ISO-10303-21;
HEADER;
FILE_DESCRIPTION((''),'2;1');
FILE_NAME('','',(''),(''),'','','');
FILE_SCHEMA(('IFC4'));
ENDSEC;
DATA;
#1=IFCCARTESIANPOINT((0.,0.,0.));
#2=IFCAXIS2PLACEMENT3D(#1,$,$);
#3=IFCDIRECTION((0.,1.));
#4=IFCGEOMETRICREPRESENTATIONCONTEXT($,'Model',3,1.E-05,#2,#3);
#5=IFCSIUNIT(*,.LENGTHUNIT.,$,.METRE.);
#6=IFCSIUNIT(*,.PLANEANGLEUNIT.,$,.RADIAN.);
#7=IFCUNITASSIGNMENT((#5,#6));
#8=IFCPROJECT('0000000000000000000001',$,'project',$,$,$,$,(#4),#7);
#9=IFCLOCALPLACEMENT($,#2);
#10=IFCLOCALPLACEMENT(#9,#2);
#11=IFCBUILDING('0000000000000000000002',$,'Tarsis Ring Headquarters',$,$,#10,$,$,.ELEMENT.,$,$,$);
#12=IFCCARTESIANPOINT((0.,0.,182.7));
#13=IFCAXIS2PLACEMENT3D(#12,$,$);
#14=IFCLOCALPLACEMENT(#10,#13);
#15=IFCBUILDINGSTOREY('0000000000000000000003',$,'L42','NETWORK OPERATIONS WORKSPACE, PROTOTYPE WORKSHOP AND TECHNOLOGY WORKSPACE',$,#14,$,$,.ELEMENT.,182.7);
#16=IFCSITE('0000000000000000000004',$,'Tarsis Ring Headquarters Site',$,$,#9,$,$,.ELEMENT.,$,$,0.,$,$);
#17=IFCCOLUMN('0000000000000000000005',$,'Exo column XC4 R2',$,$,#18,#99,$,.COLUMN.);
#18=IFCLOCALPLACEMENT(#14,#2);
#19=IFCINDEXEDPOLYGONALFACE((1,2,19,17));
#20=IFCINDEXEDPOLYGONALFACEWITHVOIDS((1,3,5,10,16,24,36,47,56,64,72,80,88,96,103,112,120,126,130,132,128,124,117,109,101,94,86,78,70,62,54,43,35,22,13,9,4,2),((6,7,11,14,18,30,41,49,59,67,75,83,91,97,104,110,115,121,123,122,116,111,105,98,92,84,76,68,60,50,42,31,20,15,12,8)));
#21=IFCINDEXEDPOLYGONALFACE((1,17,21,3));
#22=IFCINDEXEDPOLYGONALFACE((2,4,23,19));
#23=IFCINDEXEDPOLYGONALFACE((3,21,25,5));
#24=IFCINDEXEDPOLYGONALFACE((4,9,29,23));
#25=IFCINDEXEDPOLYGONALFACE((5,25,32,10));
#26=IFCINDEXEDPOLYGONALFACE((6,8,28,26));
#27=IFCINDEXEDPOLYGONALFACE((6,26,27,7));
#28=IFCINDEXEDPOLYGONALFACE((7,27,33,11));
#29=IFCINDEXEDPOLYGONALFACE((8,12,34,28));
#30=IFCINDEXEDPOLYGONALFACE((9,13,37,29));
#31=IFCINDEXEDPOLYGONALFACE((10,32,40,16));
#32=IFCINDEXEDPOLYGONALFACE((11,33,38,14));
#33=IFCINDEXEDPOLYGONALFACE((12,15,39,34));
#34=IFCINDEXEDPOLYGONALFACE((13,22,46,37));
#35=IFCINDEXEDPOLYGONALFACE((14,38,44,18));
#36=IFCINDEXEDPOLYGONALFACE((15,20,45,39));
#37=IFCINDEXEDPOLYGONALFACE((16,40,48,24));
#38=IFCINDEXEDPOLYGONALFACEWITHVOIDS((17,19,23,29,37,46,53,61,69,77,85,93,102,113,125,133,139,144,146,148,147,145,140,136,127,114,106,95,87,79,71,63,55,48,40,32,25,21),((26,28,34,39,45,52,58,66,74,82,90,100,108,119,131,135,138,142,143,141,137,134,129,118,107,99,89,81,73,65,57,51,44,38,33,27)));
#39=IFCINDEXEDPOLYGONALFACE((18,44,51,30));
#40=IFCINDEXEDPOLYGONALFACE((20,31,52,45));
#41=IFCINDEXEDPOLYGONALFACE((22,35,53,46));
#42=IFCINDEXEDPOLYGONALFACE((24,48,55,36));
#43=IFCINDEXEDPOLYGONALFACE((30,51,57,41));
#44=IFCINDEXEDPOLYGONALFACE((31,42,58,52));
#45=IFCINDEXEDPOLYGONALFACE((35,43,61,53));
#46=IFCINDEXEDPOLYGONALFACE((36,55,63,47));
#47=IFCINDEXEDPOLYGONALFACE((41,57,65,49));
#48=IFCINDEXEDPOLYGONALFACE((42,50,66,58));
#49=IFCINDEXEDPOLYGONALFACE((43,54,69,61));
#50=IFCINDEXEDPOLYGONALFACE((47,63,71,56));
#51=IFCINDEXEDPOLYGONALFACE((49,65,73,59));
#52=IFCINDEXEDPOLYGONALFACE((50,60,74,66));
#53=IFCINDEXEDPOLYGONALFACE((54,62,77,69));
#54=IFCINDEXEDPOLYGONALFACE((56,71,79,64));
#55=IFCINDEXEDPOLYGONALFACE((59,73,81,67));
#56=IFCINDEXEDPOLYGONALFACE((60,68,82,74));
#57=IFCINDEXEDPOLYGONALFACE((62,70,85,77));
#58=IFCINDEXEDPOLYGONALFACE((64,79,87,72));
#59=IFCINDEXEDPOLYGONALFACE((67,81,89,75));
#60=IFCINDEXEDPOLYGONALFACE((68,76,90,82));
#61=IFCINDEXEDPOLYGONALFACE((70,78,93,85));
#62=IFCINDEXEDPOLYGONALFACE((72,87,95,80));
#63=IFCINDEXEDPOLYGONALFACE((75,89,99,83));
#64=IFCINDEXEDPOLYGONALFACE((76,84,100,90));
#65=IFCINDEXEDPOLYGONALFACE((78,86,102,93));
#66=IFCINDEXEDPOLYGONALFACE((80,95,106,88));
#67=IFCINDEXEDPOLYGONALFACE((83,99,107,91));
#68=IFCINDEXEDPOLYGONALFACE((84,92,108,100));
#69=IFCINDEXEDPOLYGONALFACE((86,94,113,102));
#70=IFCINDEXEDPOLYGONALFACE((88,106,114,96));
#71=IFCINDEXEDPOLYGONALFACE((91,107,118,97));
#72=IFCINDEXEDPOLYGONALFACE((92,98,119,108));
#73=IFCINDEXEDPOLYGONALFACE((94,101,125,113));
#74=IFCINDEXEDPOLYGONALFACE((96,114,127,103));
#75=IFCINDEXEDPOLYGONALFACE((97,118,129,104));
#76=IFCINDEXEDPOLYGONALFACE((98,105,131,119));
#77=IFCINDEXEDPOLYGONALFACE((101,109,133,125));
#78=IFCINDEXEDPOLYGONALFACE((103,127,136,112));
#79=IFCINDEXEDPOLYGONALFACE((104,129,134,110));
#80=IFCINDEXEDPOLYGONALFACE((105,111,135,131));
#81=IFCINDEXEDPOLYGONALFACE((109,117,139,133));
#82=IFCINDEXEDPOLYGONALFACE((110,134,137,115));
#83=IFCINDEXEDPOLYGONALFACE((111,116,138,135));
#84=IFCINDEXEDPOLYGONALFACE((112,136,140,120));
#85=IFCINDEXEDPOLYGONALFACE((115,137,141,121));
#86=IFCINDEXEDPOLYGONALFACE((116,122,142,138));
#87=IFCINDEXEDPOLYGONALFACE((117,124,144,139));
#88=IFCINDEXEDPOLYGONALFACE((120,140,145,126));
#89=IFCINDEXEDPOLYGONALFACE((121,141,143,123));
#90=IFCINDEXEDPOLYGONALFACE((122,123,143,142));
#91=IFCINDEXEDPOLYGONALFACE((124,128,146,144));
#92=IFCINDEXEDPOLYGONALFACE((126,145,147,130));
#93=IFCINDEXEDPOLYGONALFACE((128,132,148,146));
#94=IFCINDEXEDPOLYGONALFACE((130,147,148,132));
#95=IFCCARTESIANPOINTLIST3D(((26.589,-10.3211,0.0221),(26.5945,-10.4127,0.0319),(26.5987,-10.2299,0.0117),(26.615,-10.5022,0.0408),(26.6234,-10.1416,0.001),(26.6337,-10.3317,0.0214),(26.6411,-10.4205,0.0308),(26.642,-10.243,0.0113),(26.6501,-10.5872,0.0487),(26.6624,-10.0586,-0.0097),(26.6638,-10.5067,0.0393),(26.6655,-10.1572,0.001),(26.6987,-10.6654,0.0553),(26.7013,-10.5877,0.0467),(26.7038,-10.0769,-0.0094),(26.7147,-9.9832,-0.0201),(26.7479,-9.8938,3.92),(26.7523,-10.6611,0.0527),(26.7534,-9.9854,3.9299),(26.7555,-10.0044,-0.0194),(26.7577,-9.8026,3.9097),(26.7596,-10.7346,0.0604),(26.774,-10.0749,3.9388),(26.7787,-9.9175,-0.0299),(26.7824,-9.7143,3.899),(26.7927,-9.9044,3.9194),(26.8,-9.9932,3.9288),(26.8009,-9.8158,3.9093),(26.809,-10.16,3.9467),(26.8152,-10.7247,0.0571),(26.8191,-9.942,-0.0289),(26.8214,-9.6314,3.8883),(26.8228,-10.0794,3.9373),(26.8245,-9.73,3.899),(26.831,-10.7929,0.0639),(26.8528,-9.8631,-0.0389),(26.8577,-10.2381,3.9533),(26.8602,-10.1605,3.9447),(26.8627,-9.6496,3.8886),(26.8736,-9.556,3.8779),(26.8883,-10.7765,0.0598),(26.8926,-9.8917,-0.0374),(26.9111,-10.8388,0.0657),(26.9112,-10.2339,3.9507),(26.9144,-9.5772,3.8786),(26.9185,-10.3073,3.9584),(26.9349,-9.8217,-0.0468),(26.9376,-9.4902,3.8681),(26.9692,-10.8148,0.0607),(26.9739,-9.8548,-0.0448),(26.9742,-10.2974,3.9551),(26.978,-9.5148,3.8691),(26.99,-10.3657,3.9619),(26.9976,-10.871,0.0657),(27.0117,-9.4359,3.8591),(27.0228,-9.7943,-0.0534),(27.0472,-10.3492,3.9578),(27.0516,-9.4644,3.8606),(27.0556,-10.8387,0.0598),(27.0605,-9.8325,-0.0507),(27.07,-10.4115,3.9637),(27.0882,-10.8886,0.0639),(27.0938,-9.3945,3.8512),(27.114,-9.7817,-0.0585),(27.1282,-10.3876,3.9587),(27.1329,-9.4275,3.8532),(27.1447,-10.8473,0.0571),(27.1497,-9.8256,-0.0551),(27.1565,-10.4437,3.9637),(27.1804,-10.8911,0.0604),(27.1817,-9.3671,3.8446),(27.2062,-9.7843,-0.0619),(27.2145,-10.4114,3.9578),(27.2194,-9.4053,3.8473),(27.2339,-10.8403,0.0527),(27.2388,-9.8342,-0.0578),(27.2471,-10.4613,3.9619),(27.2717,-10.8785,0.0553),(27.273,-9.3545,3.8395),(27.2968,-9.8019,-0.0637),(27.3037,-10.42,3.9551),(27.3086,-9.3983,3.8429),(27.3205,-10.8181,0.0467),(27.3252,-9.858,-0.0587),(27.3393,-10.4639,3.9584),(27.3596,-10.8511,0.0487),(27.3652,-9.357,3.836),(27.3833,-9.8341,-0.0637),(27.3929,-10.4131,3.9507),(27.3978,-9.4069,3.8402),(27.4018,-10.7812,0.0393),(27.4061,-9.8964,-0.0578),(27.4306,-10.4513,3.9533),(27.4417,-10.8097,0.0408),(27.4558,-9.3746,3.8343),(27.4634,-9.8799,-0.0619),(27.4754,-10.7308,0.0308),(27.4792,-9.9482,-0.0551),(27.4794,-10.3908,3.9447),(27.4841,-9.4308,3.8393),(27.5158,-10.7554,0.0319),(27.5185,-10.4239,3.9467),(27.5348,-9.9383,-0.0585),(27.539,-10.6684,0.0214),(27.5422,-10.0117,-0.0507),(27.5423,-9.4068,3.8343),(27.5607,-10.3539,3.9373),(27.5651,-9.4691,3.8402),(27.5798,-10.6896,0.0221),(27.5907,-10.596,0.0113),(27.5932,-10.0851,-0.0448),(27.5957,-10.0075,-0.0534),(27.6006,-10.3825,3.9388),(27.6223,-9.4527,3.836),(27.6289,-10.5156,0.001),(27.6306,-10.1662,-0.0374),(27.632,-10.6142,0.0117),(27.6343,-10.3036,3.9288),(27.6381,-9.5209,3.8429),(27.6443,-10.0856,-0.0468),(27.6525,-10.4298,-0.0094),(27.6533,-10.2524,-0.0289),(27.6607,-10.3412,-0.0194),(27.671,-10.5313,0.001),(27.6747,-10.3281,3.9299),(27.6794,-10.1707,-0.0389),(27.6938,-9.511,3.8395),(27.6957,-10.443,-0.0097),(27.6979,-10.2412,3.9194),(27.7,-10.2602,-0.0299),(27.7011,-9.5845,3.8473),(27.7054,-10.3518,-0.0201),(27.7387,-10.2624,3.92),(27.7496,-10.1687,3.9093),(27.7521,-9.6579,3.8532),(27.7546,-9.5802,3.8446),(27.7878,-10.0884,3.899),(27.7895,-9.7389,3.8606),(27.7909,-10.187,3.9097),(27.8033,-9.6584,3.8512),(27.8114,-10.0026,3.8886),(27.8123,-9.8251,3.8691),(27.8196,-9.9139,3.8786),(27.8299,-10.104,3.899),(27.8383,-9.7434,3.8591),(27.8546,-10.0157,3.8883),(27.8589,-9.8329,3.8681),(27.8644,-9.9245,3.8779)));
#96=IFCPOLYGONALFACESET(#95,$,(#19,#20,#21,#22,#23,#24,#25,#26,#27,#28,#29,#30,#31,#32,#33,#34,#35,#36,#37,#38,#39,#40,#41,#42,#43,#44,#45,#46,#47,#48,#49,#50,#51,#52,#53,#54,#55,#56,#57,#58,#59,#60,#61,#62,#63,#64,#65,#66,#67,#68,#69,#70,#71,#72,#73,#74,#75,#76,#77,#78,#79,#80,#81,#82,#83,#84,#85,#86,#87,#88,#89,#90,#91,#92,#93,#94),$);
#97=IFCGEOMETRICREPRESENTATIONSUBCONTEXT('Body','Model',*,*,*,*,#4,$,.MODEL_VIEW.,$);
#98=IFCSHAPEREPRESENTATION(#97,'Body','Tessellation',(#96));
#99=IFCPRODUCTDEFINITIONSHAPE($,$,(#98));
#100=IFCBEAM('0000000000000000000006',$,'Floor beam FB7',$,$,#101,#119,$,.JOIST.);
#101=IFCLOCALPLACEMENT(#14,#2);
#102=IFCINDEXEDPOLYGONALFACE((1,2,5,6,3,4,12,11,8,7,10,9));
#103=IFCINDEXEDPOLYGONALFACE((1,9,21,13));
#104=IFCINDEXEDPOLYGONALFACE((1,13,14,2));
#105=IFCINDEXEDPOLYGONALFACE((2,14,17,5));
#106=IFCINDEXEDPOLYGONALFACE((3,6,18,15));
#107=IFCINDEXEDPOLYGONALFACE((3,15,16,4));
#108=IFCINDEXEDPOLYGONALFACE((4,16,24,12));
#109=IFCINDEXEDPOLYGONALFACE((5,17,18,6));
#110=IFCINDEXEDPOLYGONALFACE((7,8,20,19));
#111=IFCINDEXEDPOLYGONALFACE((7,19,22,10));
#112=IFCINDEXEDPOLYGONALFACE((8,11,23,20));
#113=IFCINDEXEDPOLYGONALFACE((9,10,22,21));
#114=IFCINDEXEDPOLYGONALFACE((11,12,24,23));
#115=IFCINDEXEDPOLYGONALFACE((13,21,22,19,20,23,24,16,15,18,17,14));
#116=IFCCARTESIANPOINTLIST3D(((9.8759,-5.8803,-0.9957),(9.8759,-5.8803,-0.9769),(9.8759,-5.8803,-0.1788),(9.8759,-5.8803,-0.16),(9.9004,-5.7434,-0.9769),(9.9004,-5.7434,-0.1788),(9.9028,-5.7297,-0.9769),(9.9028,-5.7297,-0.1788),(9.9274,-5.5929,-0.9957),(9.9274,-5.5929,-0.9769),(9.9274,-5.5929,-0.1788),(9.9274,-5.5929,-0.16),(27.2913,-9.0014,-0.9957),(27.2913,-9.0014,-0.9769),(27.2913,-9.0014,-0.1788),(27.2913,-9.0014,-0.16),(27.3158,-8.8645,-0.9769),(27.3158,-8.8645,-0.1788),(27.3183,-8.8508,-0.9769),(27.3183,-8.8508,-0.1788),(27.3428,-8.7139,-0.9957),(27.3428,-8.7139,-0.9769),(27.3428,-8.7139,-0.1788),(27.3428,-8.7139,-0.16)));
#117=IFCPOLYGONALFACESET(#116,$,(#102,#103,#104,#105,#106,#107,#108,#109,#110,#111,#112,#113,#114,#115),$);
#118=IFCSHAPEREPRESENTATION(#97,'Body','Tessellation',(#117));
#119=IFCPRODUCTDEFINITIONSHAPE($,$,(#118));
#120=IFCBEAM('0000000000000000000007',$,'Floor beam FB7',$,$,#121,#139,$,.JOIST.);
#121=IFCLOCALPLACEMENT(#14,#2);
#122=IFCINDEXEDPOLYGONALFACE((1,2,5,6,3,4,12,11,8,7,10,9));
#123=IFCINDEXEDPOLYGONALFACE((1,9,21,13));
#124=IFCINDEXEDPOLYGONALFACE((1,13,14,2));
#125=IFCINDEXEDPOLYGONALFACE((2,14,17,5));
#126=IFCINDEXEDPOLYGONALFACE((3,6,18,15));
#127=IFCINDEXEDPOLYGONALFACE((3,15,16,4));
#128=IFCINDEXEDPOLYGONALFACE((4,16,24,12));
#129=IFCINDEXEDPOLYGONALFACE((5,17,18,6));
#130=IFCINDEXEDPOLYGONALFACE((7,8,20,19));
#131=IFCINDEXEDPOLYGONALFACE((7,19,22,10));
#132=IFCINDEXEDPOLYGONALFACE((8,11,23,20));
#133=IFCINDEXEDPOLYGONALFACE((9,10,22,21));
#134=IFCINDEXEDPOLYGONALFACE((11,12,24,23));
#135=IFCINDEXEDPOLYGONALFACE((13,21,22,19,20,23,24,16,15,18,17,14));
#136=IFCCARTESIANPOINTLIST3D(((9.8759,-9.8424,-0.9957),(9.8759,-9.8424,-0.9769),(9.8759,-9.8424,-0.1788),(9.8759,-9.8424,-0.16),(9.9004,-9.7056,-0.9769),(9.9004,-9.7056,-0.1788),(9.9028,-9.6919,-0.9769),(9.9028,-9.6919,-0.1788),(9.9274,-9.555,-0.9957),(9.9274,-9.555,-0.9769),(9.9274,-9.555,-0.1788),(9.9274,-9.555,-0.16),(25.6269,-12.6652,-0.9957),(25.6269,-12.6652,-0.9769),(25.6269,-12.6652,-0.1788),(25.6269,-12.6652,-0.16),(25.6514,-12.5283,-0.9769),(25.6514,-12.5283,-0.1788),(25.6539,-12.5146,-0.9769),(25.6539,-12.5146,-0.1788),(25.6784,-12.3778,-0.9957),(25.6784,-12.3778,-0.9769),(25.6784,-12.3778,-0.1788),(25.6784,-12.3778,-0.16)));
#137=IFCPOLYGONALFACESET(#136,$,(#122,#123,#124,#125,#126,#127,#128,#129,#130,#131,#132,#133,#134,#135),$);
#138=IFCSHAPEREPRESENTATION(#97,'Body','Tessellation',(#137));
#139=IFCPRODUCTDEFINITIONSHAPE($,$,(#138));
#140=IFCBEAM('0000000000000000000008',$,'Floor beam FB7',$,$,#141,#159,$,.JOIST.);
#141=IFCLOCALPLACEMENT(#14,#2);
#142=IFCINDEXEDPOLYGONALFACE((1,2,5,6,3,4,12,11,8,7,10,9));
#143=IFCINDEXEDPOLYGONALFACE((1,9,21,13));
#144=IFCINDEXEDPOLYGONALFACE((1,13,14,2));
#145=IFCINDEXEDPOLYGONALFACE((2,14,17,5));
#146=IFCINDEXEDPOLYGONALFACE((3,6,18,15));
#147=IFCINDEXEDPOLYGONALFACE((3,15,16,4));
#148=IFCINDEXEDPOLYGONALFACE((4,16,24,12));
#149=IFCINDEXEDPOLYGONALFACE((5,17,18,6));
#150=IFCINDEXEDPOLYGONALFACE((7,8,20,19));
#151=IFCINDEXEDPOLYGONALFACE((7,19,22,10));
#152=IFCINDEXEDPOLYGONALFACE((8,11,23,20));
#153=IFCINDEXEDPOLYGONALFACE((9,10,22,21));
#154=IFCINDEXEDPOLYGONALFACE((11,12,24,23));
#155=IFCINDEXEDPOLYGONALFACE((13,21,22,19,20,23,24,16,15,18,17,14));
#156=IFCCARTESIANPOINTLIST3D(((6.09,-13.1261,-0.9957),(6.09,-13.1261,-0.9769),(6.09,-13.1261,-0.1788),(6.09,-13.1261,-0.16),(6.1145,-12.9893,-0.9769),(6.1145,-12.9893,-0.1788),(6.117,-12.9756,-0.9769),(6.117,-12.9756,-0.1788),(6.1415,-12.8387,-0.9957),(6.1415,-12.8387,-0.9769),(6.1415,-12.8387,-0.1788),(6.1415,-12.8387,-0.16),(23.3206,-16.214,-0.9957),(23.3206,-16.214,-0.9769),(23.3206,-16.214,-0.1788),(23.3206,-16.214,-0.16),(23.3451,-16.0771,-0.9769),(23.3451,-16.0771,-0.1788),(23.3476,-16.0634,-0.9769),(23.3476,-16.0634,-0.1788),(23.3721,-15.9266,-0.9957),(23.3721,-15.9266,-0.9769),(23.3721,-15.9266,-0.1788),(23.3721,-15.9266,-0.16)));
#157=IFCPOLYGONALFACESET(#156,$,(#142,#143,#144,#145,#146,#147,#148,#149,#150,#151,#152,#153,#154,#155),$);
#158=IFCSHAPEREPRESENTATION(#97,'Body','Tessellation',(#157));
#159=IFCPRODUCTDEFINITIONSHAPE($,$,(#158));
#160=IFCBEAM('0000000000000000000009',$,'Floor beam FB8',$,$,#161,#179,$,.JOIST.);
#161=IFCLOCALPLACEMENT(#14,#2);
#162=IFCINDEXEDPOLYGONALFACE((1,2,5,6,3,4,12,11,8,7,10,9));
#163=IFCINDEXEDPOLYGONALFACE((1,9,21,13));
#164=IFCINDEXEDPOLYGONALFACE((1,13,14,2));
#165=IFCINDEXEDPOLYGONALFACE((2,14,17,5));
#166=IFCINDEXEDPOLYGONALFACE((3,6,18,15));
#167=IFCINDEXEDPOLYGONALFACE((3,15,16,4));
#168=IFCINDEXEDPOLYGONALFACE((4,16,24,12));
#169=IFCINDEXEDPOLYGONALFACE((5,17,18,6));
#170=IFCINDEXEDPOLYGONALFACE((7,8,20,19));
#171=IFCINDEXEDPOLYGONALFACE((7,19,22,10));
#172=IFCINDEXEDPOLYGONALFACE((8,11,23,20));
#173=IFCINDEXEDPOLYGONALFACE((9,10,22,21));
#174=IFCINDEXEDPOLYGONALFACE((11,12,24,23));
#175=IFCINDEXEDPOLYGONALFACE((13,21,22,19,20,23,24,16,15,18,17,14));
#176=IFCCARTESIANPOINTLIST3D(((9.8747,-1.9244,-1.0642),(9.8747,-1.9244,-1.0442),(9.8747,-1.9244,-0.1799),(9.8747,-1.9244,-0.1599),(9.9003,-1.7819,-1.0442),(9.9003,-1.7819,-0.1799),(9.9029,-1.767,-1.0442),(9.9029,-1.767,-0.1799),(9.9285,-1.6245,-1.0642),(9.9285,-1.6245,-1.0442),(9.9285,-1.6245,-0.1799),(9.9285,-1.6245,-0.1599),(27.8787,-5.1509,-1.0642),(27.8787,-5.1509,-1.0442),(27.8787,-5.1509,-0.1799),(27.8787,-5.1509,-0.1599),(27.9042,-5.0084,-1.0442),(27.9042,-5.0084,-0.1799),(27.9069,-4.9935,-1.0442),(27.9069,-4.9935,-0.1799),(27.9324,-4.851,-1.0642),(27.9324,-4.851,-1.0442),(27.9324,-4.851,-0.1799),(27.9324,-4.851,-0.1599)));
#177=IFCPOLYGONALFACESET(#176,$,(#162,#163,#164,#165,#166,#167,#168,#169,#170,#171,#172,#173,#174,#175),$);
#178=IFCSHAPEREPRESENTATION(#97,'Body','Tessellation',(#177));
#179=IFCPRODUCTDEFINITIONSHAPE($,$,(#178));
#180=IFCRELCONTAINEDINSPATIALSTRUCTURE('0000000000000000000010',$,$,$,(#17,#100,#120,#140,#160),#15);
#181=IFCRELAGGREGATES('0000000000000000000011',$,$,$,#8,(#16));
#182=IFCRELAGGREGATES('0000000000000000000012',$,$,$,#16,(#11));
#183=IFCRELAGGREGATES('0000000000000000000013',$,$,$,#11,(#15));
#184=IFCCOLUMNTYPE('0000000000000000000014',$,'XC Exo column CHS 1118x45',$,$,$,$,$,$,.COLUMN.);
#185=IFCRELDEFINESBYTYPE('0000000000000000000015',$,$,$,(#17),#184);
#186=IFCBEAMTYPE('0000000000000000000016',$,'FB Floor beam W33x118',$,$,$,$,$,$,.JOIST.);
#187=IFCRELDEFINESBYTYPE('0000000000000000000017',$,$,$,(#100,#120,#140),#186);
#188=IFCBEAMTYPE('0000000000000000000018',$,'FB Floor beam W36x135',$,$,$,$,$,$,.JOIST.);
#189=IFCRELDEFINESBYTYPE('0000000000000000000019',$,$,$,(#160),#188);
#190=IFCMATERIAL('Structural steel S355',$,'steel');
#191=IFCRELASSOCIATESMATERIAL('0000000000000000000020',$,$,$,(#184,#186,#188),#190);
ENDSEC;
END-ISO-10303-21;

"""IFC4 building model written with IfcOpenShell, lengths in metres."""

from ifc_helpers import new_model, si_unit, direction, frame, origin, origin_2d, place, context, subcontext, project, spatial, hollow_circle, i_section, extrude, material, material_profile, profile_set, type_object, element, save


model = new_model("IFC4")

# Units and contexts
model_context = context("Model", 3, precision=1e-05, world=origin(), true_north=direction((0.0, 1.0)))
body_context = subcontext(model_context, "Body", "Model", "MODEL_VIEW")
ifc_project = project(units=[si_unit("LENGTHUNIT", "METRE"), si_unit("PLANEANGLEUNIT", "RADIAN")], contexts=[model_context])

# Site, building, storey
site_placement = place(None, origin())
site = spatial("IfcSite", under=ifc_project, at=site_placement, Name="Tarsis Ring Headquarters Site", CompositionType="ELEMENT", RefElevation=0.0)
building_placement = place(site_placement, origin())
building = spatial("IfcBuilding", under=site, at=building_placement, Name="Tarsis Ring Headquarters", CompositionType="ELEMENT")
storey_placement = place(building_placement, frame((0.0, 0.0, 182.7)))
storey = spatial("IfcBuildingStorey", under=building, at=storey_placement, Name="L42", Description="NETWORK OPERATIONS WORKSPACE, PROTOTYPE WORKSHOP AND TECHNOLOGY WORKSPACE", CompositionType="ELEMENT", Elevation=182.7)

# Column
ifc_material_1 = material(Name="Structural steel S355", Category="steel")
ifc_material_profile_1 = material_profile(ifc_material_1, hollow_circle(Radius=0.5588, WallThickness=0.0449, at=origin_2d()), Name="CHS 1118x45")
ifc_profile_set_1 = profile_set([ifc_material_profile_1], Name="Structural steel S355")
column_type = type_object("IfcColumnType", Name="XC Exo column CHS 1118x45", PredefinedType="COLUMN", material=ifc_profile_set_1)
column_placement = place(storey_placement, frame((27.1472, -10.3364, 0.001), z_axis=(0.040498, 0.108866, 0.993231), x_axis=(-0.93725, 0.348657, 0.0)))
element("IfcColumn", 1, at=column_placement, inside=storey, type_object=column_type, Name="Exo column XC4 R2", PredefinedType="COLUMN", context=body_context, shape_type="SweptSolid", body=[
    extrude(hollow_circle(Radius=0.5588, WallThickness=0.0449, at=origin_2d()), origin(), (0.0, 0.0, 1.0), 3.9246),
])

# Beams
ifc_material_profile_2 = material_profile(ifc_material_1, i_section(OverallWidth=0.292, OverallDepth=0.8357, WebThickness=0.0139, FlangeThickness=0.0188, at=origin_2d()), Name="W33x118")
ifc_profile_set_2 = profile_set([ifc_material_profile_2], Name="Structural steel S355")
beam_type_1 = type_object("IfcBeamType", Name="FB Floor beam W33x118", PredefinedType="JOIST", material=ifc_profile_set_2)
beam_1_placement = place(storey_placement, frame((9.9016, -5.7366, -0.5779), z_axis=(0.984318, -0.176403, 0.0), x_axis=(0.176403, 0.984318, 0.0)))
element("IfcBeam", 2, at=beam_1_placement, inside=storey, type_object=beam_type_1, Name="Floor beam FB7", PredefinedType="JOIST", context=body_context, shape_type="SweptSolid", body=[
    extrude(i_section(OverallWidth=0.292, OverallDepth=0.8357, WebThickness=0.0139, FlangeThickness=0.0188, at=origin_2d()), origin(), (0.0, 0.0, 1.0), 17.6929),
])
beam_2_placement = place(storey_placement, frame((9.9016, -9.6987, -0.5779), z_axis=(0.984318, -0.176401, 0.0), x_axis=(0.176401, 0.984318, 0.0)))
element("IfcBeam", 3, at=beam_2_placement, inside=storey, type_object=beam_type_1, Name="Floor beam FB7", PredefinedType="JOIST", context=body_context, shape_type="SweptSolid", body=[
    extrude(i_section(OverallWidth=0.292, OverallDepth=0.8357, WebThickness=0.0139, FlangeThickness=0.0188, at=origin_2d()), origin(), (0.0, 0.0, 1.0), 16.002),
])
beam_3_placement = place(storey_placement, frame((6.1157, -12.9824, -0.5779), z_axis=(0.984319, -0.176398, 0.0), x_axis=(0.176398, 0.984319, 0.0)))
element("IfcBeam", 4, at=beam_3_placement, inside=storey, type_object=beam_type_1, Name="Floor beam FB7", PredefinedType="JOIST", context=body_context, shape_type="SweptSolid", body=[
    extrude(i_section(OverallWidth=0.292, OverallDepth=0.8357, WebThickness=0.0139, FlangeThickness=0.0188, at=origin_2d()), origin(), (0.0, 0.0, 1.0), 17.5051),
])
ifc_material_profile_3 = material_profile(ifc_material_1, i_section(OverallWidth=0.3047, OverallDepth=0.9043, WebThickness=0.0151, FlangeThickness=0.02, at=origin_2d()), Name="W36x135")
ifc_profile_set_3 = profile_set([ifc_material_profile_3], Name="Structural steel S355")
beam_type_2 = type_object("IfcBeamType", Name="FB Floor beam W36x135", PredefinedType="JOIST", material=ifc_profile_set_3)
beam_4_placement = place(storey_placement, frame((9.9016, -1.7744, -0.6121), z_axis=(0.984318, -0.176404, 0.0), x_axis=(0.176404, 0.984318, 0.0)))
element("IfcBeam", 5, at=beam_4_placement, inside=storey, type_object=beam_type_2, Name="Floor beam FB8", PredefinedType="JOIST", context=body_context, shape_type="SweptSolid", body=[
    extrude(i_section(OverallWidth=0.3047, OverallDepth=0.9043, WebThickness=0.0151, FlangeThickness=0.02, at=origin_2d()), origin(), (0.0, 0.0, 1.0), 18.2908),
])

save(model, "model.ifc")
